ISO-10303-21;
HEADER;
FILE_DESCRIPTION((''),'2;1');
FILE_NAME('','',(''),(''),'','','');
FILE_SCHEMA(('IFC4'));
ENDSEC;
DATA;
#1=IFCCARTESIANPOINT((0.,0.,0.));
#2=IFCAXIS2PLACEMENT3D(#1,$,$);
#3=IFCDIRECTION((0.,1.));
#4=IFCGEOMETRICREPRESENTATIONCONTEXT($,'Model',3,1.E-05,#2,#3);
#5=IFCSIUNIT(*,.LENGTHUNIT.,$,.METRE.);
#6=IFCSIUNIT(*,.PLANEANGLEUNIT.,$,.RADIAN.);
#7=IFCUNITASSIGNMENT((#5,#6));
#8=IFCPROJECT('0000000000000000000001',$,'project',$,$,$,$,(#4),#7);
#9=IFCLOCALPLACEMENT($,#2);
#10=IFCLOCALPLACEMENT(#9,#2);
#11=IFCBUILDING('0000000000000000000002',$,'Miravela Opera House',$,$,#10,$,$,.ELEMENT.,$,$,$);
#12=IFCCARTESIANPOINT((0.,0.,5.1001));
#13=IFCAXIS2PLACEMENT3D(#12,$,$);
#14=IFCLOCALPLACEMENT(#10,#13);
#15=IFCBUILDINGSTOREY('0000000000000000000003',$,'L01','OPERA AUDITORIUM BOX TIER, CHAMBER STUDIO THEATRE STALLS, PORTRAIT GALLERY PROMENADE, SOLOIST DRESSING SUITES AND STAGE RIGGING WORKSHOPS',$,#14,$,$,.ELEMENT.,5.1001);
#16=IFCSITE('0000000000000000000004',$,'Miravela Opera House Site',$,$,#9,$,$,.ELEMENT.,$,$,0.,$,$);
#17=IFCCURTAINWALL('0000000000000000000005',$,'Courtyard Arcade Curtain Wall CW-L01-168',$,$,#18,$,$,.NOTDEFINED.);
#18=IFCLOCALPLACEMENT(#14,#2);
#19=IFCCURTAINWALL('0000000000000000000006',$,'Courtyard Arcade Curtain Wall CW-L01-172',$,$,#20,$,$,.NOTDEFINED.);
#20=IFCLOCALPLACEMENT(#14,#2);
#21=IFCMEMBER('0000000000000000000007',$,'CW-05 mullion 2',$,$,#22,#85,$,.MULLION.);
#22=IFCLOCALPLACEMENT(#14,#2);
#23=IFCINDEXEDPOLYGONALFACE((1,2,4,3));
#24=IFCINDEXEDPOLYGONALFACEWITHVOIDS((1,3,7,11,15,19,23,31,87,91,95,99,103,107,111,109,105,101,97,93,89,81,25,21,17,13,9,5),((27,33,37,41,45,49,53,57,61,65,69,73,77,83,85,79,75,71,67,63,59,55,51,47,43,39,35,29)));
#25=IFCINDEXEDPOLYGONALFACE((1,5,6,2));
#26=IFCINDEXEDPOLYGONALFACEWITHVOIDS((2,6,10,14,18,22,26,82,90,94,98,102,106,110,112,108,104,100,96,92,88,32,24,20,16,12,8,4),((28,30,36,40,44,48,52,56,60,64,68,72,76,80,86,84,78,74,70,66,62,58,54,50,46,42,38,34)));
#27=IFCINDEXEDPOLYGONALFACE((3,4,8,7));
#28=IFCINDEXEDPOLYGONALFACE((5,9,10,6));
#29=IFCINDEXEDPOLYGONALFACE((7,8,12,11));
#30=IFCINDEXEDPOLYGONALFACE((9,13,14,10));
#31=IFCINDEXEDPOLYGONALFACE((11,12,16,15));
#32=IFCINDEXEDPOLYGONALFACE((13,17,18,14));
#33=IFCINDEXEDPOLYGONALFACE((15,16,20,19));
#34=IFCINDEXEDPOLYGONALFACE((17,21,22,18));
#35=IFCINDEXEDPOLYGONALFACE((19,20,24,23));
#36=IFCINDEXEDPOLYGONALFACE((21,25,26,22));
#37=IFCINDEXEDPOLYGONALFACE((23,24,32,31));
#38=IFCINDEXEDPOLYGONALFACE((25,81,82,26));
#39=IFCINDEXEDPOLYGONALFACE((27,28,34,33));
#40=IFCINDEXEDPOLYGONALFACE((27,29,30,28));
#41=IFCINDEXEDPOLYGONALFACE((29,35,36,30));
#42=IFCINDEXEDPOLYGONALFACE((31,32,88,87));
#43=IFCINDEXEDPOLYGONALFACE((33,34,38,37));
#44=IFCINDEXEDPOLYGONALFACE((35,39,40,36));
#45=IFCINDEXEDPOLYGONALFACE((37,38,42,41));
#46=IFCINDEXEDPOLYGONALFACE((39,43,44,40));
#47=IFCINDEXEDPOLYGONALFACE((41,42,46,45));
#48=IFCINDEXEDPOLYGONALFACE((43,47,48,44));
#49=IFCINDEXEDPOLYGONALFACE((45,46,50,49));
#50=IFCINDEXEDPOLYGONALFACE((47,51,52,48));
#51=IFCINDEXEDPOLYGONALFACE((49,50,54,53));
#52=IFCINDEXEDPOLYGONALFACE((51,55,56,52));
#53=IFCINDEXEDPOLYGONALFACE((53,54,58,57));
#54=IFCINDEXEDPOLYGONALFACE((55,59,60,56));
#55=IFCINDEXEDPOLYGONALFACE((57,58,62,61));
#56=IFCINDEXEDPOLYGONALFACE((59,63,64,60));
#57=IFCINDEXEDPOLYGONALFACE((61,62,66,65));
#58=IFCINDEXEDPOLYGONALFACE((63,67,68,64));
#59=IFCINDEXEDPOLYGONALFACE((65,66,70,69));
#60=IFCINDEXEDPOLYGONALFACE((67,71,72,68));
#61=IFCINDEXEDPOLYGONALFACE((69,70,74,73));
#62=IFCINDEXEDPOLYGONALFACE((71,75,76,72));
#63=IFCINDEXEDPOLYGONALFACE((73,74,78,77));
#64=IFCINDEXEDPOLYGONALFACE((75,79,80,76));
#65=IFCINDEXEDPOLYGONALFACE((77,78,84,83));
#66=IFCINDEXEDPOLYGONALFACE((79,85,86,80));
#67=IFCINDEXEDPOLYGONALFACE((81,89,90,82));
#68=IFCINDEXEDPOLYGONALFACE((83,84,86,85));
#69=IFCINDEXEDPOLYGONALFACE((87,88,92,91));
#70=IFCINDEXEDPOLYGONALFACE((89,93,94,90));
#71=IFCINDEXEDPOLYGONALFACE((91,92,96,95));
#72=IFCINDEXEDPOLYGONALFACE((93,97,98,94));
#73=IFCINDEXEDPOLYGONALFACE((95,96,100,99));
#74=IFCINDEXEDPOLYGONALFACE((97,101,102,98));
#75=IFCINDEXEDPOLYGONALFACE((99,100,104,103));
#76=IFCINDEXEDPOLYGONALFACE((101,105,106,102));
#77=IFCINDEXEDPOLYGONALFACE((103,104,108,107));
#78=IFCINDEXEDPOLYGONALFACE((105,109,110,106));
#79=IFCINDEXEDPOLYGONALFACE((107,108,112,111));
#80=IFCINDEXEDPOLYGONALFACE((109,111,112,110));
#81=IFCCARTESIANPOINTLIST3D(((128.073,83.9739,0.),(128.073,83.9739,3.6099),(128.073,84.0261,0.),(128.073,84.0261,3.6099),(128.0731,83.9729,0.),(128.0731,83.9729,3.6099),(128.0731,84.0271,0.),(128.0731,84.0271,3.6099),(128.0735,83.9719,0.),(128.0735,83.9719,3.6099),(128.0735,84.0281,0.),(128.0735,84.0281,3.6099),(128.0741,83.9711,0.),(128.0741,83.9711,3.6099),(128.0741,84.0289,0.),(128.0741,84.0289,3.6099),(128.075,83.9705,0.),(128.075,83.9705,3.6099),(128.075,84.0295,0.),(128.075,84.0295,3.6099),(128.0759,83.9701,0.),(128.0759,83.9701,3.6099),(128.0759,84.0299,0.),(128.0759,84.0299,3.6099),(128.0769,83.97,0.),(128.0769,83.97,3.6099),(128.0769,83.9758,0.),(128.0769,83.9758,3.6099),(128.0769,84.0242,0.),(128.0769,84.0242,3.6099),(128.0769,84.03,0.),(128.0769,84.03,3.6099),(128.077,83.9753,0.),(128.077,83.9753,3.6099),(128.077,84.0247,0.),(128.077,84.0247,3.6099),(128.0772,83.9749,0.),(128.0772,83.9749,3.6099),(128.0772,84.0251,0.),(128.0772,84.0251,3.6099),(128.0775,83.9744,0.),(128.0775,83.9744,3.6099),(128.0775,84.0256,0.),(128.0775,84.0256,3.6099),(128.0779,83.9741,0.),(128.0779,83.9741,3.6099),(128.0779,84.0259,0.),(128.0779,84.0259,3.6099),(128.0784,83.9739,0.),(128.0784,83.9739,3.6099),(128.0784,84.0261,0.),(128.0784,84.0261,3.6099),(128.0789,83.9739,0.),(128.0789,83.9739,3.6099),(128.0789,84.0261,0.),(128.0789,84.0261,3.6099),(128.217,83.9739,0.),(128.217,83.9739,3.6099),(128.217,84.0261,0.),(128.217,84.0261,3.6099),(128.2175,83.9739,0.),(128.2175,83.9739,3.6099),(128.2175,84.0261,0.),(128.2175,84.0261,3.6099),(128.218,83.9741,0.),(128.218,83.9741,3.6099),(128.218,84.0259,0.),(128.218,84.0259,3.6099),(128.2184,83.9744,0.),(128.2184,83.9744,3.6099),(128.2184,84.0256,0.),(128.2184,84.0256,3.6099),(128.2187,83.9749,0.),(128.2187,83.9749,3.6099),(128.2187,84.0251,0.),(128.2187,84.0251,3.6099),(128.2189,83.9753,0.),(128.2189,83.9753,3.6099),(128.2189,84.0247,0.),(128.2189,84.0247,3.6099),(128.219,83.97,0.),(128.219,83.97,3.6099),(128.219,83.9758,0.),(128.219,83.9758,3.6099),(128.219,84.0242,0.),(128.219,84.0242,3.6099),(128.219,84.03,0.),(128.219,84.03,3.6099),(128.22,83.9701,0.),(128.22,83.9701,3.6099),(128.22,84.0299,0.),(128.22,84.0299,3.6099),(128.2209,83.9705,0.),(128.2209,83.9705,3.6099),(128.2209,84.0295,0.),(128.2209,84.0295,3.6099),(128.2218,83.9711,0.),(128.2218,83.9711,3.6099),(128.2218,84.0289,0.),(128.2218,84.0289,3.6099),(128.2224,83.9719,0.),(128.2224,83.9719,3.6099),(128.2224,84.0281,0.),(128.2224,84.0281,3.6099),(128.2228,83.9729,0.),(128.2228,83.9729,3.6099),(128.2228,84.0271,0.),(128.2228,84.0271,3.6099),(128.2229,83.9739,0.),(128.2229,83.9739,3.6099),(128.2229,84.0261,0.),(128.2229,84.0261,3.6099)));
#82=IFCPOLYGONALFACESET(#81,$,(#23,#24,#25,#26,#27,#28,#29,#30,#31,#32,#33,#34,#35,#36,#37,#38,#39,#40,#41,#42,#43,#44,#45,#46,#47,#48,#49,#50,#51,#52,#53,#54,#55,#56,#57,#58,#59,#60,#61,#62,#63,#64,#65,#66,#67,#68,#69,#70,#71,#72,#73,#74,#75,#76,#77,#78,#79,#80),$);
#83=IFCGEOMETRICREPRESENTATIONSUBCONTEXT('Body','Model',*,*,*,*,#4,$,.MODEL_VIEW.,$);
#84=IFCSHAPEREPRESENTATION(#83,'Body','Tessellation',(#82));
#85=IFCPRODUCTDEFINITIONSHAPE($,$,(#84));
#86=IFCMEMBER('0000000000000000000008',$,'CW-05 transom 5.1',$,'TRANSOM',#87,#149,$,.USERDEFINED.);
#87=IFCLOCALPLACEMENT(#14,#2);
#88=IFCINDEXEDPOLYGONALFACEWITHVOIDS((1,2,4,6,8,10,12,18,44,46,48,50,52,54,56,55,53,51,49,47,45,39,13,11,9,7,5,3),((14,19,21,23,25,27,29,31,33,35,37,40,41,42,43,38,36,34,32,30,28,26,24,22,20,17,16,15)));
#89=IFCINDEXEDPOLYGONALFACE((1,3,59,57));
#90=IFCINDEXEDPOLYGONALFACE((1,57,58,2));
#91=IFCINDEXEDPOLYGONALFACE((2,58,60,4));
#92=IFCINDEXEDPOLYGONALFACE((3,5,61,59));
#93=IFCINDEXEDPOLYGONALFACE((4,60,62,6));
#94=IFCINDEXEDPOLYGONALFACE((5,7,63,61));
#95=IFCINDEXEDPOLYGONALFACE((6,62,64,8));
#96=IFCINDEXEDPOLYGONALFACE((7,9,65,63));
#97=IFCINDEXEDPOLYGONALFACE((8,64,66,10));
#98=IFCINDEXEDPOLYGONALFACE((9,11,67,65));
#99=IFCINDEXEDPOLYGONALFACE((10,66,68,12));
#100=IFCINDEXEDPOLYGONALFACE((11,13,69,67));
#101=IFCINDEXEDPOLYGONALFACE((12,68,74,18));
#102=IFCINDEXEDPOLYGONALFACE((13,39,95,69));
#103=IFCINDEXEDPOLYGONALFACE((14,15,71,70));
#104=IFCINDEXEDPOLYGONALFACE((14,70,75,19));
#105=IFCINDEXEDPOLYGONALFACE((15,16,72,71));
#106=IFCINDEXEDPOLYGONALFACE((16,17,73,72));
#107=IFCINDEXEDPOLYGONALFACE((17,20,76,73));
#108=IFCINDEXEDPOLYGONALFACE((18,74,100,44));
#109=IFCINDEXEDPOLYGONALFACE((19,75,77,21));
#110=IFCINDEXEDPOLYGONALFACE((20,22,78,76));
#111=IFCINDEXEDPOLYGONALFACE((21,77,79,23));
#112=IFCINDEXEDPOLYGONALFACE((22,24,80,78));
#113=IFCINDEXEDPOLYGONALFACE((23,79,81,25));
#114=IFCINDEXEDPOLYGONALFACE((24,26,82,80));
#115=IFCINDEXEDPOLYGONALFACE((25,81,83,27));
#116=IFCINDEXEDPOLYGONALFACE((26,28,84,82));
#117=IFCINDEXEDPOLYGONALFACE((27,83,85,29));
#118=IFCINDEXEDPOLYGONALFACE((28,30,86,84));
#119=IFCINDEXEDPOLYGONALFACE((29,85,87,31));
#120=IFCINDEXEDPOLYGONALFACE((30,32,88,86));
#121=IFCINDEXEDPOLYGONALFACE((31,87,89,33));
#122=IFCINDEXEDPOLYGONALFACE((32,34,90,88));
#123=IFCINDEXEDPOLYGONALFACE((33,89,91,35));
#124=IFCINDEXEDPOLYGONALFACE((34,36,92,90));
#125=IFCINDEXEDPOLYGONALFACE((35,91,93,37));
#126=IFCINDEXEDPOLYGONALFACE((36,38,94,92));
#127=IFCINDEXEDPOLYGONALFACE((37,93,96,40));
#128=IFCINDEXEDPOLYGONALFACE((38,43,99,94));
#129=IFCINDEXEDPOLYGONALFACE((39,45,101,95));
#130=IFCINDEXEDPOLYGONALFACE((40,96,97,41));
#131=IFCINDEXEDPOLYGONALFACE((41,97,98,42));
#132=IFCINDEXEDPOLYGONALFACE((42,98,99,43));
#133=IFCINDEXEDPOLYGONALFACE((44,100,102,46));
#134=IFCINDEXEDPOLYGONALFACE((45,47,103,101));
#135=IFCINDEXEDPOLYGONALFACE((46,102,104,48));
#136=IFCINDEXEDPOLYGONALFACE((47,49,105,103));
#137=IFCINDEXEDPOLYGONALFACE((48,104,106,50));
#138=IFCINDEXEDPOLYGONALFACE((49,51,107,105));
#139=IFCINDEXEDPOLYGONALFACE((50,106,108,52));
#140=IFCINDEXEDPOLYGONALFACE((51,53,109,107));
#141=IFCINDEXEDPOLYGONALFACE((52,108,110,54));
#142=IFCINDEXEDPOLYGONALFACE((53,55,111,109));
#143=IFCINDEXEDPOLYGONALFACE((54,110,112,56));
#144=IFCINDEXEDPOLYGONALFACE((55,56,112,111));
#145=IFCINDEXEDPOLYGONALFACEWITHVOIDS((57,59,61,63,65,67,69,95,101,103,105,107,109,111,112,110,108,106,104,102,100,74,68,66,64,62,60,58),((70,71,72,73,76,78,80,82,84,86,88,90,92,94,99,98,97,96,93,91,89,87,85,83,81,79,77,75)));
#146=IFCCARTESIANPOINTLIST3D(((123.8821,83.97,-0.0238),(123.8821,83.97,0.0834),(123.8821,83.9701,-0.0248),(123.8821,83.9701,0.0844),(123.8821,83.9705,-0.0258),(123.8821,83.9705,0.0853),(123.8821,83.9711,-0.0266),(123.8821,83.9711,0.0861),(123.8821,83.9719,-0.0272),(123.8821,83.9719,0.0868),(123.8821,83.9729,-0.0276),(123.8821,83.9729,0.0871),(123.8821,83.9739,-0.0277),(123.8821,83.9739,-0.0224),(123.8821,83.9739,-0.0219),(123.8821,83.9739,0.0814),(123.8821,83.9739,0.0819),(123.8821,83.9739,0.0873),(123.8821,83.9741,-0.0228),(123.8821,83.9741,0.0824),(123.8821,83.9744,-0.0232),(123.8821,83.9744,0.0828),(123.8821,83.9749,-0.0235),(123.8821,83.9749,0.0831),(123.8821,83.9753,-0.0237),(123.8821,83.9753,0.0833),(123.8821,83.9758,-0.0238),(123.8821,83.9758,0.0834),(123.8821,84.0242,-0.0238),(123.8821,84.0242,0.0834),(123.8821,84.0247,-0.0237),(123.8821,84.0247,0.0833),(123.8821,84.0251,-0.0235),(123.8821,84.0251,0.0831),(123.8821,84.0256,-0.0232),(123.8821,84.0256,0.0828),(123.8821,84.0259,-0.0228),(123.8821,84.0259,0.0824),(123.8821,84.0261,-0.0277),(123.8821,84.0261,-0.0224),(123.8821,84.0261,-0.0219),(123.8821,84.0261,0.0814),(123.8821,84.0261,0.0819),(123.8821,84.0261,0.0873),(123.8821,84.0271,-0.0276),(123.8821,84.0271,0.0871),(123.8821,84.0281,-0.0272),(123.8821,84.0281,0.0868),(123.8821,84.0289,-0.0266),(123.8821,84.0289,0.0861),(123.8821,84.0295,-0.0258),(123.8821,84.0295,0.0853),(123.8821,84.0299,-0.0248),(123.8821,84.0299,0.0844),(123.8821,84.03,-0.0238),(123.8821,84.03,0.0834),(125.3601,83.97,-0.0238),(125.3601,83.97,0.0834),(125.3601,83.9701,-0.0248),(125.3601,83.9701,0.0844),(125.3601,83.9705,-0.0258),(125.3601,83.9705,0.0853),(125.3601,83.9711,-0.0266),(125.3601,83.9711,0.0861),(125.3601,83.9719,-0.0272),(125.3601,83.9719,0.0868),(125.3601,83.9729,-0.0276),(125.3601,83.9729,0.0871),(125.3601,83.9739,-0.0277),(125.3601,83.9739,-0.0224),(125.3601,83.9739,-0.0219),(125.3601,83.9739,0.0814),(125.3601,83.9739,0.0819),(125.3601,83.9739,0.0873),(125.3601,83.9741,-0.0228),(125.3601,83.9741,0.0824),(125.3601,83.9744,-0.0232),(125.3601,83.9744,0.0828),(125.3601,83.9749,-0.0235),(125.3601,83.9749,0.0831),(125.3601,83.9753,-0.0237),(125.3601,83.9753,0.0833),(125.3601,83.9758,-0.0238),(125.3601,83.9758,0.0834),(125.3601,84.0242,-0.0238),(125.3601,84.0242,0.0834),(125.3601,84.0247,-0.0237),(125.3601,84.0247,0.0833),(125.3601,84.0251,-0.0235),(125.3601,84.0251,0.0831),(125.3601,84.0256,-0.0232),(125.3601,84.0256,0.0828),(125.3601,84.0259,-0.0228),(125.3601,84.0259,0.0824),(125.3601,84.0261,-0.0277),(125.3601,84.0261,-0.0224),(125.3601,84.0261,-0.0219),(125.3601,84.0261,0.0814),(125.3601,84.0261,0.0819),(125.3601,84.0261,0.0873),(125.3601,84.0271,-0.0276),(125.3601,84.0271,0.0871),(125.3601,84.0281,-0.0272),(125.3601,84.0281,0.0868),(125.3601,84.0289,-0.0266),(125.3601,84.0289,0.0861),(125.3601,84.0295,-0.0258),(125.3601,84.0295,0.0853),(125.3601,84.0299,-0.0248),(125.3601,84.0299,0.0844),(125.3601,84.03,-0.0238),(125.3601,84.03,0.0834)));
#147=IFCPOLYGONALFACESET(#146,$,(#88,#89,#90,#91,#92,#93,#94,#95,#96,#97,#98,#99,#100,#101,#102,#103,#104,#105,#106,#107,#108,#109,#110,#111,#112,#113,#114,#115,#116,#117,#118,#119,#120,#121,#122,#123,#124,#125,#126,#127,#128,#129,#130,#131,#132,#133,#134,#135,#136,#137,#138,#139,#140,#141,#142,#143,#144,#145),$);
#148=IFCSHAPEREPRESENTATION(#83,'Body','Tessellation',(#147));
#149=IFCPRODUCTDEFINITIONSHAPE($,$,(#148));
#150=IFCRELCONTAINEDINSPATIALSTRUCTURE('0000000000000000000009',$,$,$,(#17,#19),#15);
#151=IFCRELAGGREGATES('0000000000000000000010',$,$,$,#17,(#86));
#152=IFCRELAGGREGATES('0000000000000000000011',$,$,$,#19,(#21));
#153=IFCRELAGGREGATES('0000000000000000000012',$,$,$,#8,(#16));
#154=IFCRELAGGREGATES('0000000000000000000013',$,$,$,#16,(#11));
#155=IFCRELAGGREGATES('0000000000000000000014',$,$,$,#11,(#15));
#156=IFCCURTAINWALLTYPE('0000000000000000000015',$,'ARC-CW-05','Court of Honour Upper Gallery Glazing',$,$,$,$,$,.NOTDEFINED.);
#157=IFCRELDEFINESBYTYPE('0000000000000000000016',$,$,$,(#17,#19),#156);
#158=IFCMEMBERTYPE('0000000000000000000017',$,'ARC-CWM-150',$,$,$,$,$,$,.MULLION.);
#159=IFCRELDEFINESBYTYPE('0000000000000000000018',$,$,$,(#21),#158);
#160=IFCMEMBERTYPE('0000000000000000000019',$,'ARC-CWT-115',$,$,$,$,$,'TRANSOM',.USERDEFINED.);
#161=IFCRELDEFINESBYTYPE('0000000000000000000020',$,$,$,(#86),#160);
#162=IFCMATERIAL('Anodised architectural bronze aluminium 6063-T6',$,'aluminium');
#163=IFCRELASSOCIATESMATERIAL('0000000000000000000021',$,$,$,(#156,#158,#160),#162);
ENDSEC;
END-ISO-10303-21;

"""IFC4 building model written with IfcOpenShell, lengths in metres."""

from ifc_helpers import new_model, si_unit, direction, frame, origin, origin_2d, place, context, subcontext, project, spatial, hollow_rectangle, extrude, material, material_profile, profile_set, type_object, element, aggregate, save


model = new_model("IFC4")

# Units and contexts
model_context = context("Model", 3, precision=1e-05, world=origin(), true_north=direction((0.0, 1.0)))
body_context = subcontext(model_context, "Body", "Model", "MODEL_VIEW")
ifc_project = project(units=[si_unit("LENGTHUNIT", "METRE"), si_unit("PLANEANGLEUNIT", "RADIAN")], contexts=[model_context])

# Site, building, storey
site_placement = place(None, origin())
site = spatial("IfcSite", under=ifc_project, at=site_placement, Name="Miravela Opera House Site", CompositionType="ELEMENT", RefElevation=0.0)
building_placement = place(site_placement, origin())
building = spatial("IfcBuilding", under=site, at=building_placement, Name="Miravela Opera House", CompositionType="ELEMENT")
storey_placement = place(building_placement, frame((0.0, 0.0, 5.1001)))
storey = spatial("IfcBuildingStorey", under=building, at=storey_placement, Name="L01", Description="OPERA AUDITORIUM BOX TIER, CHAMBER STUDIO THEATRE STALLS, PORTRAIT GALLERY PROMENADE, SOLOIST DRESSING SUITES AND STAGE RIGGING WORKSHOPS", CompositionType="ELEMENT", Elevation=5.1001)

# Curtain wall
ifc_material_1 = material(Name="Anodised architectural bronze aluminium 6063-T6", Category="aluminium")
curtain_wall_type = type_object("IfcCurtainWallType", Name="ARC-CW-05", Description="Court of Honour Upper Gallery Glazing", PredefinedType="NOTDEFINED", material=ifc_material_1)
curtain_wall_1_placement = place(storey_placement, origin())
curtain_wall_1 = element("IfcCurtainWall", 1, at=curtain_wall_1_placement, inside=storey, type_object=curtain_wall_type, Name="Courtyard Arcade Curtain Wall CW-L01-168", PredefinedType="NOTDEFINED")
ifc_material_profile_1 = material_profile(ifc_material_1, hollow_rectangle(XDim=0.0601, YDim=0.1499, WallThickness=0.0039, InnerFilletRadius=0.002, OuterFilletRadius=0.0039, at=origin_2d()), Name="CWM-60X150")
ifc_profile_set_1 = profile_set([ifc_material_profile_1])
member_type_1 = type_object("IfcMemberType", Name="ARC-CWM-150", PredefinedType="MULLION", material=ifc_profile_set_1)

# Curtain wall, member
curtain_wall_2_placement = place(storey_placement, origin())
curtain_wall_2 = element("IfcCurtainWall", 2, at=curtain_wall_2_placement, inside=storey, type_object=curtain_wall_type, Name="Courtyard Arcade Curtain Wall CW-L01-172", PredefinedType="NOTDEFINED")
member_1_placement = place(storey_placement, frame((128.1479, 84.0, 0.0), z_axis=(0.0, 0.0, 1.0), x_axis=(0.0, 1.0, 0.0)))
member_1 = element("IfcMember", 3, at=member_1_placement, type_object=member_type_1, Name="CW-05 mullion 2", PredefinedType="MULLION", context=body_context, shape_type="SweptSolid", body=[
    extrude(hollow_rectangle(XDim=0.0601, YDim=0.1499, WallThickness=0.0039, InnerFilletRadius=0.002, OuterFilletRadius=0.0039, at=origin_2d()), origin(), (0.0, 0.0, 1.0), 3.6099),
])

# Member
ifc_material_profile_2 = material_profile(ifc_material_1, hollow_rectangle(XDim=0.0601, YDim=0.115, WallThickness=0.0039, InnerFilletRadius=0.002, OuterFilletRadius=0.0039, at=origin_2d()), Name="CWT-60X115")
ifc_profile_set_2 = profile_set([ifc_material_profile_2])
member_type_2 = type_object("IfcMemberType", Name="ARC-CWT-115", ElementType="TRANSOM", PredefinedType="USERDEFINED", material=ifc_profile_set_2)
member_2_placement = place(storey_placement, frame((123.8821, 84.0, 0.0298), z_axis=(1.0, 0.0, 0.0), x_axis=(0.0, 1.0, 0.0)))
member_2 = element("IfcMember", 4, at=member_2_placement, type_object=member_type_2, Name="CW-05 transom 5.1", ObjectType="TRANSOM", PredefinedType="USERDEFINED", context=body_context, shape_type="SweptSolid", body=[
    extrude(hollow_rectangle(XDim=0.0601, YDim=0.115, WallThickness=0.0039, InnerFilletRadius=0.002, OuterFilletRadius=0.0039, at=origin_2d()), origin(), (0.0, 0.0, 1.0), 1.478),
])

aggregate(curtain_wall_1, [member_2])
aggregate(curtain_wall_2, [member_1])

save(model, "model.ifc")
